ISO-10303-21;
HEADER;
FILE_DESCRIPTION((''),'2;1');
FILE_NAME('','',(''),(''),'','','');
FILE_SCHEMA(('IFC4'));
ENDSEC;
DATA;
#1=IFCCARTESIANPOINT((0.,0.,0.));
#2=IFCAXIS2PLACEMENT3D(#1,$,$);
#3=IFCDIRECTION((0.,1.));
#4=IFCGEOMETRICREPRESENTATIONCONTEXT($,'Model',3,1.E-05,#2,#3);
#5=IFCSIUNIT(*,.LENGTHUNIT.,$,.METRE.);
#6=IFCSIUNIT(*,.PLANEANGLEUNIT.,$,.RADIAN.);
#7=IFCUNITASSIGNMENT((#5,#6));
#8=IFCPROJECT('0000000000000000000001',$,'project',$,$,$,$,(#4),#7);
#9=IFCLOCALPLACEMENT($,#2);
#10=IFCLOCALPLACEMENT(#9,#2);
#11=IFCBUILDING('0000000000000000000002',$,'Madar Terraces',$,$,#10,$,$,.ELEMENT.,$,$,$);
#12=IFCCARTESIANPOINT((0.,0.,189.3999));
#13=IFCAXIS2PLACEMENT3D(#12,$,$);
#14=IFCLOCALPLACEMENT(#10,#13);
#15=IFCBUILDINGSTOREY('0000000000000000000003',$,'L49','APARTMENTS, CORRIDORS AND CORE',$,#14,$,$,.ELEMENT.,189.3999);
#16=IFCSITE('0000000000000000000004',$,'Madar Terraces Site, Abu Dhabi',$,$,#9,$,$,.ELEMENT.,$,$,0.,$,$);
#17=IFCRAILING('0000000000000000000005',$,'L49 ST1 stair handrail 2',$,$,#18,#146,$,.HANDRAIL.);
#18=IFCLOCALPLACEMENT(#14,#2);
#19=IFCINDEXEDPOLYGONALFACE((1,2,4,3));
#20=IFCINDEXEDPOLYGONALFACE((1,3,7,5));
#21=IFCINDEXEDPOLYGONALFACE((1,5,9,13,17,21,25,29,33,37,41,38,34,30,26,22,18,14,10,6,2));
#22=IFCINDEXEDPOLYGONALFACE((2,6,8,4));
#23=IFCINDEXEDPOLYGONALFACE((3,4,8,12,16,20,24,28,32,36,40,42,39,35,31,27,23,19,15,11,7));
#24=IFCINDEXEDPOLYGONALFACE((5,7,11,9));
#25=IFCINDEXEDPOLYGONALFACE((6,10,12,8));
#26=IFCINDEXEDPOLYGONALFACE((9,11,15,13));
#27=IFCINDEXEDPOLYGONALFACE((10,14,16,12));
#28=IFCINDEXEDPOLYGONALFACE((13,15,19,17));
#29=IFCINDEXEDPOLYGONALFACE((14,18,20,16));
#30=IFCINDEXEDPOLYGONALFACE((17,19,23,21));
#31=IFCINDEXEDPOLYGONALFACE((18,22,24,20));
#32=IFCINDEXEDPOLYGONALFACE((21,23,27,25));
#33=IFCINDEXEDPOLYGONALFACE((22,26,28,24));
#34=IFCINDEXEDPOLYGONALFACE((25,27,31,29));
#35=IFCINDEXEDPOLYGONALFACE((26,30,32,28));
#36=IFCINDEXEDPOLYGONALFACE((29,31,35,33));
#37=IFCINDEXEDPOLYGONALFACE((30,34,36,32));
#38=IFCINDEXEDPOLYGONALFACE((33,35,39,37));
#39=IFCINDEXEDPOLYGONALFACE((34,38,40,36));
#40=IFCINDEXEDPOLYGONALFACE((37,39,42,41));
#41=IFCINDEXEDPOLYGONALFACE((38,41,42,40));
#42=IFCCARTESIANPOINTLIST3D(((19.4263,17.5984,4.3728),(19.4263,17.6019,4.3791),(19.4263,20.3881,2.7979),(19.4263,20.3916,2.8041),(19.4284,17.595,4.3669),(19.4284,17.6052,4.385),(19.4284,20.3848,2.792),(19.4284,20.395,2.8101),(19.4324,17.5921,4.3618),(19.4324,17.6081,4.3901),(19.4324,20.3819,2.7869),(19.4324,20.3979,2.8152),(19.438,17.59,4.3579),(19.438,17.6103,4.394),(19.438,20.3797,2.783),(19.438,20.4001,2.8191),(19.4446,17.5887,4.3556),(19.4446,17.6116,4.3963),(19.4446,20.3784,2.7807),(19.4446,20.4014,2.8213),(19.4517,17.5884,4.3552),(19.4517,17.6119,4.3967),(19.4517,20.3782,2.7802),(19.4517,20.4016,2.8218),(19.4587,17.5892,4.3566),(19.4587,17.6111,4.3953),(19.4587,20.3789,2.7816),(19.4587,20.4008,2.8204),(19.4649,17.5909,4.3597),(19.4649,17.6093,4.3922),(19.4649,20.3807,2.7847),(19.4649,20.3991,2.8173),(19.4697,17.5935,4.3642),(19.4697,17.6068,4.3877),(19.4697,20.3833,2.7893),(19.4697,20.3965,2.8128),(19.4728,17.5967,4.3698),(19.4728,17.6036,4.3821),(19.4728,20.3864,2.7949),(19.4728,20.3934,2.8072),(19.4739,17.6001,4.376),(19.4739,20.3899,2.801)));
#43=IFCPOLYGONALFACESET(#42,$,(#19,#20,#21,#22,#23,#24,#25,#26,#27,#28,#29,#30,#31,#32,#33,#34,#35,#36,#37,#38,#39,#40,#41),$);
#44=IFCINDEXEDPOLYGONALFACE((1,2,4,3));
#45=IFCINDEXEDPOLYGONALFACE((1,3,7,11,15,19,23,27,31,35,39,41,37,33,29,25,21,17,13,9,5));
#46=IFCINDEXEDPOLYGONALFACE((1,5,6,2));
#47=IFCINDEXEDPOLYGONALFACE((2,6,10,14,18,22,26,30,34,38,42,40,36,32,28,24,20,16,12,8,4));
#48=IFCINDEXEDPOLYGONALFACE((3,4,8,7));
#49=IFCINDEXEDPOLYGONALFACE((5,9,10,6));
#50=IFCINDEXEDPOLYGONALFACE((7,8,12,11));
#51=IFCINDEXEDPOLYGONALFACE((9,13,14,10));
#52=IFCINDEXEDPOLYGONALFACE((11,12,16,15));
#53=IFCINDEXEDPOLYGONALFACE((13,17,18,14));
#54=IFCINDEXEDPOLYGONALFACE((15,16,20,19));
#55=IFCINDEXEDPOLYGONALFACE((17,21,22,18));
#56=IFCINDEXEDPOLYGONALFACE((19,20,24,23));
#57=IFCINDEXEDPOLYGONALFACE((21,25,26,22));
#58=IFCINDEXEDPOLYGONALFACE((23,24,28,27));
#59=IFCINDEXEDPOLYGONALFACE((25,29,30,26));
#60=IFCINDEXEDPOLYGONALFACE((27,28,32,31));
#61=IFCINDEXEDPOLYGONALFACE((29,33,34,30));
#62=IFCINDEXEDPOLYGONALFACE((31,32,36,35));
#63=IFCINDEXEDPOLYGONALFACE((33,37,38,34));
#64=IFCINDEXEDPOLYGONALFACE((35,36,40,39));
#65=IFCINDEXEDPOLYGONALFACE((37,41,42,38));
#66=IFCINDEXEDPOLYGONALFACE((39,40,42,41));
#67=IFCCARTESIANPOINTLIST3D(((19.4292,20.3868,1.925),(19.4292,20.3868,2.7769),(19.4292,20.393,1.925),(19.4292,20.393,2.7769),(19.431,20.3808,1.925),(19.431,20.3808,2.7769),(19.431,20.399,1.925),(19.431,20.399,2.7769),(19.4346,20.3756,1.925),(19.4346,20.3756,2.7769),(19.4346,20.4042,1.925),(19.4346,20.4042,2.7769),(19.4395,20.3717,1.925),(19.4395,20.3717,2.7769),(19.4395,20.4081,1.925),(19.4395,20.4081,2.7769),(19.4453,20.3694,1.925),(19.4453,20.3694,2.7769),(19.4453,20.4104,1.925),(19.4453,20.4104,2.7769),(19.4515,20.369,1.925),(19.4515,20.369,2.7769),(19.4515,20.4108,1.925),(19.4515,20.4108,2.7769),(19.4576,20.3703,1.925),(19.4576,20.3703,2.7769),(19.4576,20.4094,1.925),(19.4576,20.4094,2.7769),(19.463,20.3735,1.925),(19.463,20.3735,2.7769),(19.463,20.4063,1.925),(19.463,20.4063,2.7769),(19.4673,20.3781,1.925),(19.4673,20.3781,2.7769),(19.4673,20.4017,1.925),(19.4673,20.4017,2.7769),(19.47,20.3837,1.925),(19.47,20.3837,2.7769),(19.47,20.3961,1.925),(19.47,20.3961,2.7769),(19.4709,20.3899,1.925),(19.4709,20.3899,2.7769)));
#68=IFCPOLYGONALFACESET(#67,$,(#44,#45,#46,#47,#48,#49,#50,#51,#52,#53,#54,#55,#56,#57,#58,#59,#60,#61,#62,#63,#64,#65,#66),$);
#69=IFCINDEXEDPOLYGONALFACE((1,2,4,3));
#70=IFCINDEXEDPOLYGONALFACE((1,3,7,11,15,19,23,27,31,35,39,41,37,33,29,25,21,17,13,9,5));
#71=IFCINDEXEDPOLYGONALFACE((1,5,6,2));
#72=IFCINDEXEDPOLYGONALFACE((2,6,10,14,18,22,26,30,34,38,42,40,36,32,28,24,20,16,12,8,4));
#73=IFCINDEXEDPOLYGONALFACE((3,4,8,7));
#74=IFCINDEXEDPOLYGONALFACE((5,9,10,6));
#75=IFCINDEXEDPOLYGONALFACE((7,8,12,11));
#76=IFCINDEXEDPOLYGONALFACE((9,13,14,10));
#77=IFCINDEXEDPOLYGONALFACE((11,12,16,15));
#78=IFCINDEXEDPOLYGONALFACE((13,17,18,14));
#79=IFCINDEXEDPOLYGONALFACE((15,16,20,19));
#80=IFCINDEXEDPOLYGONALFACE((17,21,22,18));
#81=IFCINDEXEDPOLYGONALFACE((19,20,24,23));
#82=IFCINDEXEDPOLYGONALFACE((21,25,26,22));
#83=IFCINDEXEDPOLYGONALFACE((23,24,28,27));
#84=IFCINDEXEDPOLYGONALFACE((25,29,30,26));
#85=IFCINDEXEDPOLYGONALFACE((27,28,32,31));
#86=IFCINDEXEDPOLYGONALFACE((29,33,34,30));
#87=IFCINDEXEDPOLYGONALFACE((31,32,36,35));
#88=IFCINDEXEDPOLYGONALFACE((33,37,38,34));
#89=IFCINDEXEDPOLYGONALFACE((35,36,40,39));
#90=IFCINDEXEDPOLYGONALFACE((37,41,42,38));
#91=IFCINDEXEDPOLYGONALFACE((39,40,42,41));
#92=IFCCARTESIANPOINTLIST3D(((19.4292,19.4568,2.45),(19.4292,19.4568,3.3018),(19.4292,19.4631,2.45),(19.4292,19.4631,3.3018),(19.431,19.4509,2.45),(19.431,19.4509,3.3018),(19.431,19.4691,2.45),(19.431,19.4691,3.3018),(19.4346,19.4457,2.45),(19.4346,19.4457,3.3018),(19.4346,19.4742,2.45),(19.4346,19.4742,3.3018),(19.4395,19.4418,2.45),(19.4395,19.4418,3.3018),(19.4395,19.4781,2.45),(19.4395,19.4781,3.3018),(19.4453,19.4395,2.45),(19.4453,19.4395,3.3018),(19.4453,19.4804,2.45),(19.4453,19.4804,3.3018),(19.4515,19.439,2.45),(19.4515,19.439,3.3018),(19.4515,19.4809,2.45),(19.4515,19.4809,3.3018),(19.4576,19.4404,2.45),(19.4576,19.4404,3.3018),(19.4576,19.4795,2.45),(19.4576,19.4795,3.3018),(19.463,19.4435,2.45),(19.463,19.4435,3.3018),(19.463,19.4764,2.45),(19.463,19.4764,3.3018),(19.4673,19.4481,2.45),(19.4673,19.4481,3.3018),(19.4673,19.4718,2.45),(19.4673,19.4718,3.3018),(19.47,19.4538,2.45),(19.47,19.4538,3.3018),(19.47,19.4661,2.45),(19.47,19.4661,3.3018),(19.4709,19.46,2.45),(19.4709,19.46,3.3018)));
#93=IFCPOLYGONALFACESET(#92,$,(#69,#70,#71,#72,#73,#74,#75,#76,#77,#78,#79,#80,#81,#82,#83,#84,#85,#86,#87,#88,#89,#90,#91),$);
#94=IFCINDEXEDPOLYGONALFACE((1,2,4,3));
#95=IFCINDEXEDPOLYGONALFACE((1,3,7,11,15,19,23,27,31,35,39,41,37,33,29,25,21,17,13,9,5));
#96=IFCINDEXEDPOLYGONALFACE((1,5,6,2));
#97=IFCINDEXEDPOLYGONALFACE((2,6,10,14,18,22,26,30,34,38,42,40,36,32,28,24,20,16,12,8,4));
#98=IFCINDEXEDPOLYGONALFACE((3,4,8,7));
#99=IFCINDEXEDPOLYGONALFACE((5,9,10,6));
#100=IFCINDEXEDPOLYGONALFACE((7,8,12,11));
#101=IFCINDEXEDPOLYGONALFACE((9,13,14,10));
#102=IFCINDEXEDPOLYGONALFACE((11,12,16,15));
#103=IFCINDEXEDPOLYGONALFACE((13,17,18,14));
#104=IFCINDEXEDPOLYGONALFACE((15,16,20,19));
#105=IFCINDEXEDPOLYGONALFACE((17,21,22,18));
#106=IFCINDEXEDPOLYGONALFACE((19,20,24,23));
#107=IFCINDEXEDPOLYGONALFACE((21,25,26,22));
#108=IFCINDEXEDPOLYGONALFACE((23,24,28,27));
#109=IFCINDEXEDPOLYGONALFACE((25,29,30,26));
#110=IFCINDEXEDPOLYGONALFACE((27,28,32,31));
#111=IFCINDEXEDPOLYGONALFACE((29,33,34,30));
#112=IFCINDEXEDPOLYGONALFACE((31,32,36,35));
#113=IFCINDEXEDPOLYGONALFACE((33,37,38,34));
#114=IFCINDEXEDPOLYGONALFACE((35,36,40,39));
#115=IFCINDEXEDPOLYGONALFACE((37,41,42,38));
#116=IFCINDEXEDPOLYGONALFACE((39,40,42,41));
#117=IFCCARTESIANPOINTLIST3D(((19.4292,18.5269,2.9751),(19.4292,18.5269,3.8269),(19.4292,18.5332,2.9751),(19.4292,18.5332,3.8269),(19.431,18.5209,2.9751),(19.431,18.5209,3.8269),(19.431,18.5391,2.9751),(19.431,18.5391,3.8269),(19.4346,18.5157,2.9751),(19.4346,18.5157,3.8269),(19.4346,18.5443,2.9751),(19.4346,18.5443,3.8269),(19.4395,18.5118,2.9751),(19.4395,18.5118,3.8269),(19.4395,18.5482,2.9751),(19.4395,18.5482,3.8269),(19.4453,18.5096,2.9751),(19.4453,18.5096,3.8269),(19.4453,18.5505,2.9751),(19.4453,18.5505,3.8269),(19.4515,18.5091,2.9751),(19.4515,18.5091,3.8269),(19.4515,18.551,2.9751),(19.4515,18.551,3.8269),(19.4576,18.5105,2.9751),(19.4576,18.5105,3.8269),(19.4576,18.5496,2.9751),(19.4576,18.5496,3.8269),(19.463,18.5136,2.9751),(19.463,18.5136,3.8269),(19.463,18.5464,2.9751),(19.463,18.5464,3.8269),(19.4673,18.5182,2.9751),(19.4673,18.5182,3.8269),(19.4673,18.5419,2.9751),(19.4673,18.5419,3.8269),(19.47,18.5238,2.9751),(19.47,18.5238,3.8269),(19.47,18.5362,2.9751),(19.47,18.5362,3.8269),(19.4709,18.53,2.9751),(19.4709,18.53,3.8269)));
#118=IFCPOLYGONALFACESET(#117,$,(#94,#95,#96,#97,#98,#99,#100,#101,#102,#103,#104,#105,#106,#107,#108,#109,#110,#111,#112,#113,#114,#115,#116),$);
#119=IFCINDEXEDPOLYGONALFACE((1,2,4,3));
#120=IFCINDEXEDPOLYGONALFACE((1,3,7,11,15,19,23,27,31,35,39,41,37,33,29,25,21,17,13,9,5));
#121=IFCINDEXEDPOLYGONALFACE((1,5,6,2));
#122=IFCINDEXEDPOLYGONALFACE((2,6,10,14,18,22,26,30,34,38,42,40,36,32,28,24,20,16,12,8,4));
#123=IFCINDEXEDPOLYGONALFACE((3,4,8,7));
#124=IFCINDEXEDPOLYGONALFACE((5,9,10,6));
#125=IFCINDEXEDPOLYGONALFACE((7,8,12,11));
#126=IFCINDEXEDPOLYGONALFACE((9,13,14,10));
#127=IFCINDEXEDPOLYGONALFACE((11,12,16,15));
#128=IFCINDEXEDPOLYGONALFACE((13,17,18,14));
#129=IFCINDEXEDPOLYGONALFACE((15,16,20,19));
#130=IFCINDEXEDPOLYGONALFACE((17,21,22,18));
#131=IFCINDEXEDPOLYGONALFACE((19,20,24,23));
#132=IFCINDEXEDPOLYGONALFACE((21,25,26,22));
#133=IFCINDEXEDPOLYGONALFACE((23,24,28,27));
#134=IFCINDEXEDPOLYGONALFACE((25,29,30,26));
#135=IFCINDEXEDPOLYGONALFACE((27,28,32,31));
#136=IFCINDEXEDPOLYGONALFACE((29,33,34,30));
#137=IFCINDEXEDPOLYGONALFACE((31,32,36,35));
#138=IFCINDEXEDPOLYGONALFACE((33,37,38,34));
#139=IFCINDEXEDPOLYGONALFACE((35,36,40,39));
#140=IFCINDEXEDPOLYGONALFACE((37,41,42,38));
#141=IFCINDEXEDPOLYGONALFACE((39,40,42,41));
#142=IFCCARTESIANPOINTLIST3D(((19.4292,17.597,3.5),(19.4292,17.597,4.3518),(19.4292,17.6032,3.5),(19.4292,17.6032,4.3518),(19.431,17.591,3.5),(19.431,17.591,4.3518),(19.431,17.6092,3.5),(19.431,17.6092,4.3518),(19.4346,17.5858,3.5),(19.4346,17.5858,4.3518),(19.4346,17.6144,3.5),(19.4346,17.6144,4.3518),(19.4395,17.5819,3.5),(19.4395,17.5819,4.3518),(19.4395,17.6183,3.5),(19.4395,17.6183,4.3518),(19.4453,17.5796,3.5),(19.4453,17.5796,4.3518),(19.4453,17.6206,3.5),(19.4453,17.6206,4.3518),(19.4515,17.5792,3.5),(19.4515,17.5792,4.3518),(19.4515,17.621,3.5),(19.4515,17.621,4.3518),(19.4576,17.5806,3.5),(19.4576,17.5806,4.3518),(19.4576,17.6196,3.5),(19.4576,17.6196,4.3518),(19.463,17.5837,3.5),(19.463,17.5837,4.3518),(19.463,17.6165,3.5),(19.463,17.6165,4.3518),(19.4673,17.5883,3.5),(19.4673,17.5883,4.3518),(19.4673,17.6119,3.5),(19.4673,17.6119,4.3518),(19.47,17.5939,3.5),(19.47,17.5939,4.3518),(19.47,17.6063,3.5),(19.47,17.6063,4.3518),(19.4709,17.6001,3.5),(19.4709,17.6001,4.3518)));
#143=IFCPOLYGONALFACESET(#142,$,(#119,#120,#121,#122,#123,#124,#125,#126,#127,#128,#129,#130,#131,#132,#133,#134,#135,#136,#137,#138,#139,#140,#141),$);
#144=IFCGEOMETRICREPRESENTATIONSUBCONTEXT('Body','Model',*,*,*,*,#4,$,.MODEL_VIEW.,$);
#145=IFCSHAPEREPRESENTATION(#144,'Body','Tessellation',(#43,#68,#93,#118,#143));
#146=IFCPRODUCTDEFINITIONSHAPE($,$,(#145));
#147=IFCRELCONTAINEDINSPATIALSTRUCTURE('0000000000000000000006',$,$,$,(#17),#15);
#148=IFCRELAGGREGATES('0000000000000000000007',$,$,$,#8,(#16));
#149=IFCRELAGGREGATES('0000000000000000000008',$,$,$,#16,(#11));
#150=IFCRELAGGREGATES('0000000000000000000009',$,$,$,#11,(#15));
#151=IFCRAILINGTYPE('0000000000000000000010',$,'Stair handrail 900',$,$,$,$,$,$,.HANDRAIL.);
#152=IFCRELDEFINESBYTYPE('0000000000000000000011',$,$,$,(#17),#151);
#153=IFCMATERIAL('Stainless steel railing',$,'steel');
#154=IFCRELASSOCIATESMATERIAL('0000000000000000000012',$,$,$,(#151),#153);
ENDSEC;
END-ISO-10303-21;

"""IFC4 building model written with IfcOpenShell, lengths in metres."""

from ifc_helpers import new_model, si_unit, direction, frame, origin, origin_2d, place, context, subcontext, project, spatial, circle, extrude, material, type_object, element, save


model = new_model("IFC4")

# Units and contexts
model_context = context("Model", 3, precision=1e-05, world=origin(), true_north=direction((0.0, 1.0)))
body_context = subcontext(model_context, "Body", "Model", "MODEL_VIEW")
ifc_project = project(units=[si_unit("LENGTHUNIT", "METRE"), si_unit("PLANEANGLEUNIT", "RADIAN")], contexts=[model_context])

# Site, building, storey
site_placement = place(None, origin())
site = spatial("IfcSite", under=ifc_project, at=site_placement, Name="Madar Terraces Site, Abu Dhabi", CompositionType="ELEMENT", RefElevation=0.0)
building_placement = place(site_placement, origin())
building = spatial("IfcBuilding", under=site, at=building_placement, Name="Madar Terraces", CompositionType="ELEMENT")
storey_placement = place(building_placement, frame((0.0, 0.0, 189.3999)))
storey = spatial("IfcBuildingStorey", under=building, at=storey_placement, Name="L49", Description="APARTMENTS, CORRIDORS AND CORE", CompositionType="ELEMENT", Elevation=189.3999)

# Railing
ifc_material_1 = material(Name="Stainless steel railing", Category="steel")
railing_type_1 = type_object("IfcRailingType", Name="Stair handrail 900", PredefinedType="HANDRAIL", material=ifc_material_1)
railing_1_placement = place(storey_placement, frame((19.45, 20.3899, 1.925)))
element("IfcRailing", 1, at=railing_1_placement, inside=storey, type_object=railing_type_1, Name="L49 ST1 stair handrail 2", PredefinedType="HANDRAIL", context=body_context, shape_type="SweptSolid", body=[
    extrude(circle(Radius=0.0239, at=origin_2d()), frame((0.0, 0.0, 0.876), z_axis=(0.0, -0.870815, 0.49161), x_axis=(1.0, 0.0, 0.0)), (0.0, 0.0, 1.0), 3.2036),
    extrude(circle(Radius=0.021, at=origin_2d()), origin(), (0.0, 0.0, 1.0), 0.8518),
    extrude(circle(Radius=0.021, at=origin_2d()), frame((0.0, -0.9299, 0.5249)), (0.0, 0.0, 1.0), 0.8518),
    extrude(circle(Radius=0.021, at=origin_2d()), frame((0.0, -1.8599, 1.05)), (0.0, 0.0, 1.0), 0.8518),
    extrude(circle(Radius=0.021, at=origin_2d()), frame((0.0, -2.7898, 1.575)), (0.0, 0.0, 1.0), 0.8518),
])

save(model, "model.ifc")
